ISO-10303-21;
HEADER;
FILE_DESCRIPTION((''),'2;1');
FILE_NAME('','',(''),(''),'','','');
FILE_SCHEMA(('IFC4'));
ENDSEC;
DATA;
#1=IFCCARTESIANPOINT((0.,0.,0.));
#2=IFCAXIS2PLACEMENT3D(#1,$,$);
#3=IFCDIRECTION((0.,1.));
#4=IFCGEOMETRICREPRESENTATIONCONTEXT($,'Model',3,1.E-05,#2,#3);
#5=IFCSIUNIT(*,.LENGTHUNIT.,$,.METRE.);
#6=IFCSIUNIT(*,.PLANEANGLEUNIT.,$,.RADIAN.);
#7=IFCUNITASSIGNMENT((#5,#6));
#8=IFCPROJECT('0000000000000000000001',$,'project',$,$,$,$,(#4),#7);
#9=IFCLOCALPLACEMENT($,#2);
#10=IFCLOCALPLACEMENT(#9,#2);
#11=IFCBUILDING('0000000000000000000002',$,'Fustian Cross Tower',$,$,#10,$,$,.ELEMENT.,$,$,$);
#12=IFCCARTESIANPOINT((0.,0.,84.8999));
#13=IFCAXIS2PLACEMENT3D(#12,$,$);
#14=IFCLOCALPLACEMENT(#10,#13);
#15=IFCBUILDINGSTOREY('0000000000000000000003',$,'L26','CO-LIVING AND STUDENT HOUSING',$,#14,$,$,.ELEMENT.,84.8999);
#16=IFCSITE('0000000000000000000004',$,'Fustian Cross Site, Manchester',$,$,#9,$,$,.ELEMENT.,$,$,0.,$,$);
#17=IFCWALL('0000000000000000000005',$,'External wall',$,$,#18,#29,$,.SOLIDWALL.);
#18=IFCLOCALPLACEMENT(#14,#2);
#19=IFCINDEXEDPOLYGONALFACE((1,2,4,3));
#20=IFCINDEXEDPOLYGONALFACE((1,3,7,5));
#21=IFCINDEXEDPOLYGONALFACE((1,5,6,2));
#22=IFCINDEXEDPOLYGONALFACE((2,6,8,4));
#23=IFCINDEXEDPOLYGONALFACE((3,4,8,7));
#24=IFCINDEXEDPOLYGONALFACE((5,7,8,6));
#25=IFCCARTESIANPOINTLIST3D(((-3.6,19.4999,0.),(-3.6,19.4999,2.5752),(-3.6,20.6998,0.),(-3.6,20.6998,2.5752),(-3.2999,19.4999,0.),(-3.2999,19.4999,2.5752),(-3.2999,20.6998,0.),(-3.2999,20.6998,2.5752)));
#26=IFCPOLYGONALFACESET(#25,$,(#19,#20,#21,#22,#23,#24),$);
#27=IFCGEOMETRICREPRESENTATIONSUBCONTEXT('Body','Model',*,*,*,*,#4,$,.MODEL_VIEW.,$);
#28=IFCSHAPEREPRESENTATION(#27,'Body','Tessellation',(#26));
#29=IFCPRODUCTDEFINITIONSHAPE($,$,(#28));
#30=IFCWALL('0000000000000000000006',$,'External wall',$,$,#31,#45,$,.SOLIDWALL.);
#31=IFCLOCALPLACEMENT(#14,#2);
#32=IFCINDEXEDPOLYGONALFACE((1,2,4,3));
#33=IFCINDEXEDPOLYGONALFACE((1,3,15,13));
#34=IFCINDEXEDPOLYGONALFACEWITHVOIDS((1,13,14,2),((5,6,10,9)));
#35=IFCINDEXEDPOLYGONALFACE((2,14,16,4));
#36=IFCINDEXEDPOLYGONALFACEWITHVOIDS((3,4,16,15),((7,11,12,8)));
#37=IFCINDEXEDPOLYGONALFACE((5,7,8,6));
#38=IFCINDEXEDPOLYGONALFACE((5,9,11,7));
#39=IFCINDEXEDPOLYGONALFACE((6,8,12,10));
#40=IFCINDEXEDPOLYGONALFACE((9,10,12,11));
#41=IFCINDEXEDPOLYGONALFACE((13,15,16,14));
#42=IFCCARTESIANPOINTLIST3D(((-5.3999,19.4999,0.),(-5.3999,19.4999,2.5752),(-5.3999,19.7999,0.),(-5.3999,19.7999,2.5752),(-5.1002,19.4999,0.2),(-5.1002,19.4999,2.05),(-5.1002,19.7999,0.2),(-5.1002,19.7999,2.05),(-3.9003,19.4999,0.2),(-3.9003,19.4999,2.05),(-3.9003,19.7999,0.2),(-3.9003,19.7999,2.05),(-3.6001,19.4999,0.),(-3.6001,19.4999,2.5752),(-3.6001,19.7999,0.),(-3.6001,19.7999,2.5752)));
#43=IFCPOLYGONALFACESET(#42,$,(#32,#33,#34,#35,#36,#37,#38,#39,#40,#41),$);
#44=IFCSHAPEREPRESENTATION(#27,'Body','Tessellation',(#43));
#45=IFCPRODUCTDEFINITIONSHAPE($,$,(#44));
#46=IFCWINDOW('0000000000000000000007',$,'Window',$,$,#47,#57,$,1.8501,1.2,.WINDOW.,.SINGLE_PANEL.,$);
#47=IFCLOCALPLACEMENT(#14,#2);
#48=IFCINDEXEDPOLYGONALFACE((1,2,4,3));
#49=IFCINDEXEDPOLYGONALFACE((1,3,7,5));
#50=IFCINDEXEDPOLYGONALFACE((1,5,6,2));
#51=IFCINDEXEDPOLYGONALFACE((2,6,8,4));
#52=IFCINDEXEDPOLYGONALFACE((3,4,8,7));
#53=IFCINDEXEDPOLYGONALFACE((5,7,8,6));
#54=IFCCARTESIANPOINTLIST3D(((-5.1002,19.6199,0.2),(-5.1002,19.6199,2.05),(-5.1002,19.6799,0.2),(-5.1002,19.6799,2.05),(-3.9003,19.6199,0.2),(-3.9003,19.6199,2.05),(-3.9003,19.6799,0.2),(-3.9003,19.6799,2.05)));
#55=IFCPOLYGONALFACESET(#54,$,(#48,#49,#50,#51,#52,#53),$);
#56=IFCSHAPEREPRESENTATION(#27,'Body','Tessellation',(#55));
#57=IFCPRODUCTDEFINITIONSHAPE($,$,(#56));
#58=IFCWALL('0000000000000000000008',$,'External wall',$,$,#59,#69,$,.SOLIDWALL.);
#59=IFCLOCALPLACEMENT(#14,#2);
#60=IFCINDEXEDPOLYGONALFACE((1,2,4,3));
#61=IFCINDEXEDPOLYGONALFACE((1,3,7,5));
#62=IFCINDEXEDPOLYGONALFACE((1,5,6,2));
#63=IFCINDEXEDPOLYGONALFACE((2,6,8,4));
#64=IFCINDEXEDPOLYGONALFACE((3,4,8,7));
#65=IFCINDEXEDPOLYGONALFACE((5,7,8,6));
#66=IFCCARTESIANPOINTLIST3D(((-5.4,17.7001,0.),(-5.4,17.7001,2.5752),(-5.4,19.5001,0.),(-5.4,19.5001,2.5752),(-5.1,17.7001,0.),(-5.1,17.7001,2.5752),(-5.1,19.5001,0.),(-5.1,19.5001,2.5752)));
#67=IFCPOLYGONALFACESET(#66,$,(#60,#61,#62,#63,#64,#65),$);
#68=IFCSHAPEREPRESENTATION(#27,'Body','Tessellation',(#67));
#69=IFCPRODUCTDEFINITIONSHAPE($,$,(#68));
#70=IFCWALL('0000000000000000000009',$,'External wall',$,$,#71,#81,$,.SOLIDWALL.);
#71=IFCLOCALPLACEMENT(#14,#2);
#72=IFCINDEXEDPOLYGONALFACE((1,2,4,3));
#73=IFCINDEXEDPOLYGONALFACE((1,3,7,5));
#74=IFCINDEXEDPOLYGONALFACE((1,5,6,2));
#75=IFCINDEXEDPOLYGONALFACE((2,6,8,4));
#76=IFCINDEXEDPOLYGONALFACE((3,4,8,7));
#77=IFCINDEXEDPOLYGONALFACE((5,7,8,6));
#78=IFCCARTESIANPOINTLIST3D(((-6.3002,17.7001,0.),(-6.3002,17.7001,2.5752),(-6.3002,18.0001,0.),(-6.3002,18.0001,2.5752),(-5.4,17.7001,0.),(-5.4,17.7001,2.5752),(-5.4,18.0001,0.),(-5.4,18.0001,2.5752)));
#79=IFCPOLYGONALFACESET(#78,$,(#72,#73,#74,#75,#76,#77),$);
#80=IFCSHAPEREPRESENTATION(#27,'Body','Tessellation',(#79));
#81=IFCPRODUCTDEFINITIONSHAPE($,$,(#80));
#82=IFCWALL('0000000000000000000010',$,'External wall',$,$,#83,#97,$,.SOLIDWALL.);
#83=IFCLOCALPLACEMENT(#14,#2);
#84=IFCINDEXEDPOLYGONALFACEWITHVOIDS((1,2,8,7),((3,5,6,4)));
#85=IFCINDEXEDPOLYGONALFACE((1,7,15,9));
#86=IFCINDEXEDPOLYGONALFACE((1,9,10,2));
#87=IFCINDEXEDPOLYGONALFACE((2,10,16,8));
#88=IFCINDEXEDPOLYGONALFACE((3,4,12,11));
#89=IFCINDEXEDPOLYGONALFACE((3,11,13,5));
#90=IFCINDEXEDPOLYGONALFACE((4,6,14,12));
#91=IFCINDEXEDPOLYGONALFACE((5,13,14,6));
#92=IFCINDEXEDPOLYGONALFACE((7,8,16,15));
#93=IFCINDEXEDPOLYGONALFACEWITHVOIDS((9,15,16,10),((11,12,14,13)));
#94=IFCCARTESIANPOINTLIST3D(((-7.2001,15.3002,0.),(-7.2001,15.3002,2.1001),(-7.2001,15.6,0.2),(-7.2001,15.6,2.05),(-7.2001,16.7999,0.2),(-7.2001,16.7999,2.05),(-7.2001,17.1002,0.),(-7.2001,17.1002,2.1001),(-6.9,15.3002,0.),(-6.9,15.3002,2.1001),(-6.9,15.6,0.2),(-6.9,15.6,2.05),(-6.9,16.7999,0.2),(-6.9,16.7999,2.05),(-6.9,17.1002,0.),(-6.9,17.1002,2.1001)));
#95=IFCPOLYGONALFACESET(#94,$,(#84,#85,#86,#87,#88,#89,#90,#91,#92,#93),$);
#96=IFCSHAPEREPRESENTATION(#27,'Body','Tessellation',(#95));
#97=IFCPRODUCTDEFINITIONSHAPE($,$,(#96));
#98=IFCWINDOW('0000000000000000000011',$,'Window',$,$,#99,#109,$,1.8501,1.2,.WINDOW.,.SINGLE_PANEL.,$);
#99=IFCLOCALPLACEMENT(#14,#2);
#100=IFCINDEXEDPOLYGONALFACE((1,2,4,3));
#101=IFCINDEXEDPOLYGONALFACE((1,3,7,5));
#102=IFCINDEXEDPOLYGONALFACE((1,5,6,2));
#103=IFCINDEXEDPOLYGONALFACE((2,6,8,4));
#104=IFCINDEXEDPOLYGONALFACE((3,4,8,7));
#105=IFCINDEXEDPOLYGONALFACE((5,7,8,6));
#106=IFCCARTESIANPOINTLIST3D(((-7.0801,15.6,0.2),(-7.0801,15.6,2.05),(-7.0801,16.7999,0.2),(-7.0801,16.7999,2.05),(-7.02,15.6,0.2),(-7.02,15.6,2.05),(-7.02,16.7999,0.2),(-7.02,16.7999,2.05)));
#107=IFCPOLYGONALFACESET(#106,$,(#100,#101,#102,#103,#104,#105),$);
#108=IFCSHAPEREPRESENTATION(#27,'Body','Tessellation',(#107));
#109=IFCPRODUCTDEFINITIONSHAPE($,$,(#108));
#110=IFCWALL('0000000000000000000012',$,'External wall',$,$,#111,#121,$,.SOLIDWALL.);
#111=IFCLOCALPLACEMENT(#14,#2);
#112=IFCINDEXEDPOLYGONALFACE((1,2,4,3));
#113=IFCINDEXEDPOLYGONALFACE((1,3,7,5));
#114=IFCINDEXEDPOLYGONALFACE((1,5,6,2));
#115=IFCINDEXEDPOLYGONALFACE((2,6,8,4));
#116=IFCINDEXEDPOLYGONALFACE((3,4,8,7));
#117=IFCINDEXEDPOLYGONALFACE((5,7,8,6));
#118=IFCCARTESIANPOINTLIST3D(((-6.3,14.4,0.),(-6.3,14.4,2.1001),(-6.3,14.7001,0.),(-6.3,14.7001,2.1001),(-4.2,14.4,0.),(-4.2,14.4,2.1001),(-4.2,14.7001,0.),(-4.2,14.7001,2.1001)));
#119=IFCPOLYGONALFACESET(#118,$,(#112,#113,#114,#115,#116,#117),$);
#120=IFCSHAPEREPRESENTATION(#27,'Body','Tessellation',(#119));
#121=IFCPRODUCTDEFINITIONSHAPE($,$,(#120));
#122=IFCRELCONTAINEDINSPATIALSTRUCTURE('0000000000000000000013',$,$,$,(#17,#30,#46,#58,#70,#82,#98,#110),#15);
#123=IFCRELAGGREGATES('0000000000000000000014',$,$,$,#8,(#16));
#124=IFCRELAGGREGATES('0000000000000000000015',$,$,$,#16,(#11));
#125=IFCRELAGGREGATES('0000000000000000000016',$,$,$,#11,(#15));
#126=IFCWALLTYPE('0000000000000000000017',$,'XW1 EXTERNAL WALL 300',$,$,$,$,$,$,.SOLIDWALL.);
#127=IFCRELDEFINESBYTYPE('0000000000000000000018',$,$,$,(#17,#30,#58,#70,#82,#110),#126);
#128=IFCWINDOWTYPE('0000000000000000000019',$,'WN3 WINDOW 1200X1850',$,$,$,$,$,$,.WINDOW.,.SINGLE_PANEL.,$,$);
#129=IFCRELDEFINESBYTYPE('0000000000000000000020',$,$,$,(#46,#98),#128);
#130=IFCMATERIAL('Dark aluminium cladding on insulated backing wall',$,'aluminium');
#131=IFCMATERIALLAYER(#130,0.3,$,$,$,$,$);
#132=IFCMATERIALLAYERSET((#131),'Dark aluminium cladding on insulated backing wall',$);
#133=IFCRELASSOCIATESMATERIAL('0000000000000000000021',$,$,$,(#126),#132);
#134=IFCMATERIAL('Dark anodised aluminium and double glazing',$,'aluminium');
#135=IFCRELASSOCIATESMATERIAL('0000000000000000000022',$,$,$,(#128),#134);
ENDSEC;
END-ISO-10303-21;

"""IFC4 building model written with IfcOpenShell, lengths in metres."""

from ifc_helpers import new_model, si_unit, direction, frame, frame_2d, origin, place, context, subcontext, project, spatial, rectangle, extrude, material, layer, layer_set, type_object, element, fill, save


model = new_model("IFC4")

# Units and contexts
model_context = context("Model", 3, precision=1e-05, world=origin(), true_north=direction((0.0, 1.0)))
body_context = subcontext(model_context, "Body", "Model", "MODEL_VIEW")
ifc_project = project(units=[si_unit("LENGTHUNIT", "METRE"), si_unit("PLANEANGLEUNIT", "RADIAN")], contexts=[model_context])

# Site, building, storey
site_placement = place(None, origin())
site = spatial("IfcSite", under=ifc_project, at=site_placement, Name="Fustian Cross Site, Manchester", CompositionType="ELEMENT", RefElevation=0.0)
building_placement = place(site_placement, origin())
building = spatial("IfcBuilding", under=site, at=building_placement, Name="Fustian Cross Tower", CompositionType="ELEMENT")
storey_placement = place(building_placement, frame((0.0, 0.0, 84.8999)))
storey = spatial("IfcBuildingStorey", under=building, at=storey_placement, Name="L26", Description="CO-LIVING AND STUDENT HOUSING", CompositionType="ELEMENT", Elevation=84.8999)

# Wall
ifc_material_1 = material(Name="Dark aluminium cladding on insulated backing wall", Category="aluminium")
ifc_layer_1 = layer(ifc_material_1, 0.3)
ifc_layer_set_1 = layer_set([ifc_layer_1], Name="Dark aluminium cladding on insulated backing wall")
wall_type_1 = type_object("IfcWallType", Name="XW1 EXTERNAL WALL 300", PredefinedType="SOLIDWALL", material=ifc_layer_set_1)
wall_1_placement = place(storey_placement, frame((-3.45, 20.7, 0.0), z_axis=(0.0, 0.0, 1.0), x_axis=(0.0, -1.0, 0.0)))
element("IfcWall", 1, at=wall_1_placement, inside=storey, type_object=wall_type_1, Name="External wall", PredefinedType="SOLIDWALL", context=body_context, shape_type="SweptSolid", body=[
    extrude(rectangle(XDim=1.2, YDim=0.3, at=frame_2d((0.6001, 0.0))), origin(), (0.0, 0.0, 1.0), 2.5752),
])

# Wall, opening, window
wall_2_placement = place(storey_placement, frame((-3.6001, 19.6499, 0.0), z_axis=(0.0, 0.0, 1.0), x_axis=(-1.0, 0.0, 0.0)))
wall_2 = element("IfcWall", 2, at=wall_2_placement, inside=storey, type_object=wall_type_1, Name="External wall", PredefinedType="SOLIDWALL", context=body_context, shape_type="SweptSolid", body=[
    extrude(rectangle(XDim=1.7998, YDim=0.3, at=frame_2d((0.8999, 0.0))), origin(), (0.0, 0.0, 1.0), 2.5752),
])
opening_1_placement = place(wall_2_placement, frame((0.3, 0.0, 0.2)))
opening_1 = element("IfcOpeningElement", 3, at=opening_1_placement, cuts=wall_2, PredefinedType="OPENING", context=body_context, shape_type="SweptSolid", body=[
    extrude(rectangle(XDim=1.2, YDim=1.8501, at=frame_2d((0.6001, 0.925))), frame((0.0, 0.1599, 0.0), z_axis=(0.0, -1.0, 0.0), x_axis=(1.0, 0.0, 0.0)), (0.0, 0.0, 1.0), 0.3201),
])
ifc_material_2 = material(Name="Dark anodised aluminium and double glazing", Category="aluminium")
window_type_1 = type_object("IfcWindowType", Name="WN3 WINDOW 1200X1850", PartitioningType="SINGLE_PANEL", PredefinedType="WINDOW", material=ifc_material_2)
window_1_placement = place(opening_1_placement, origin())
window_1 = element("IfcWindow", 4, at=window_1_placement, inside=storey, type_object=window_type_1, Name="Window", OverallHeight=1.8501, OverallWidth=1.2, PartitioningType="SINGLE_PANEL", PredefinedType="WINDOW", context=body_context, shape_type="SweptSolid", body=[
    extrude(rectangle(XDim=1.2, YDim=1.8501, at=frame_2d((0.6001, 0.925))), frame((0.0, 0.03, 0.0), z_axis=(0.0, -1.0, 0.0), x_axis=(1.0, 0.0, 0.0)), (0.0, 0.0, 1.0), 0.0601),
])
fill(opening_1, window_1)

# Walls
wall_3_placement = place(storey_placement, frame((-5.25, 19.5, 0.0), z_axis=(0.0, 0.0, 1.0), x_axis=(0.0, -1.0, 0.0)))
element("IfcWall", 5, at=wall_3_placement, inside=storey, type_object=wall_type_1, Name="External wall", PredefinedType="SOLIDWALL", context=body_context, shape_type="SweptSolid", body=[
    extrude(rectangle(XDim=1.8, YDim=0.3, at=frame_2d((0.8999, 0.0))), origin(), (0.0, 0.0, 1.0), 2.5752),
])
wall_4_placement = place(storey_placement, frame((-5.3999, 17.8501, 0.0), z_axis=(0.0, 0.0, 1.0), x_axis=(-1.0, 0.0, 0.0)))
element("IfcWall", 6, at=wall_4_placement, inside=storey, type_object=wall_type_1, Name="External wall", PredefinedType="SOLIDWALL", context=body_context, shape_type="SweptSolid", body=[
    extrude(rectangle(XDim=0.9001, YDim=0.3, at=frame_2d((0.4502, 0.0))), origin(), (0.0, 0.0, 1.0), 2.5752),
])

# Wall, opening, window
wall_5_placement = place(storey_placement, frame((-7.05, 17.1001, 0.0), z_axis=(0.0, 0.0, 1.0), x_axis=(0.0, -1.0, 0.0)))
wall_5 = element("IfcWall", 7, at=wall_5_placement, inside=storey, type_object=wall_type_1, Name="External wall", PredefinedType="SOLIDWALL", context=body_context, shape_type="SweptSolid", body=[
    extrude(rectangle(XDim=1.8, YDim=0.3, at=frame_2d((0.8999, 0.0))), origin(), (0.0, 0.0, 1.0), 2.1001),
])
opening_2_placement = place(wall_5_placement, frame((0.3, 0.0, 0.2)))
opening_2 = element("IfcOpeningElement", 8, at=opening_2_placement, cuts=wall_5, PredefinedType="OPENING", context=body_context, shape_type="SweptSolid", body=[
    extrude(rectangle(XDim=1.2, YDim=1.8501, at=frame_2d((0.6001, 0.925))), frame((0.0, 0.1599, 0.0), z_axis=(0.0, -1.0, 0.0), x_axis=(1.0, 0.0, 0.0)), (0.0, 0.0, 1.0), 0.3201),
])
window_2_placement = place(opening_2_placement, origin())
window_2 = element("IfcWindow", 9, at=window_2_placement, inside=storey, type_object=window_type_1, Name="Window", OverallHeight=1.8501, OverallWidth=1.2, PartitioningType="SINGLE_PANEL", PredefinedType="WINDOW", context=body_context, shape_type="SweptSolid", body=[
    extrude(rectangle(XDim=1.2, YDim=1.8501, at=frame_2d((0.6001, 0.925))), frame((0.0, 0.03, 0.0), z_axis=(0.0, -1.0, 0.0), x_axis=(1.0, 0.0, 0.0)), (0.0, 0.0, 1.0), 0.0601),
])
fill(opening_2, window_2)

# Wall
wall_6_placement = place(storey_placement, frame((-6.3, 14.55, 0.0), z_axis=(0.0, 0.0, 1.0), x_axis=(1.0, 0.0, 0.0)))
element("IfcWall", 10, at=wall_6_placement, inside=storey, type_object=wall_type_1, Name="External wall", PredefinedType="SOLIDWALL", context=body_context, shape_type="SweptSolid", body=[
    extrude(rectangle(XDim=2.1001, YDim=0.3, at=frame_2d((1.05, 0.0))), origin(), (0.0, 0.0, 1.0), 2.1001),
])

save(model, "model.ifc")
